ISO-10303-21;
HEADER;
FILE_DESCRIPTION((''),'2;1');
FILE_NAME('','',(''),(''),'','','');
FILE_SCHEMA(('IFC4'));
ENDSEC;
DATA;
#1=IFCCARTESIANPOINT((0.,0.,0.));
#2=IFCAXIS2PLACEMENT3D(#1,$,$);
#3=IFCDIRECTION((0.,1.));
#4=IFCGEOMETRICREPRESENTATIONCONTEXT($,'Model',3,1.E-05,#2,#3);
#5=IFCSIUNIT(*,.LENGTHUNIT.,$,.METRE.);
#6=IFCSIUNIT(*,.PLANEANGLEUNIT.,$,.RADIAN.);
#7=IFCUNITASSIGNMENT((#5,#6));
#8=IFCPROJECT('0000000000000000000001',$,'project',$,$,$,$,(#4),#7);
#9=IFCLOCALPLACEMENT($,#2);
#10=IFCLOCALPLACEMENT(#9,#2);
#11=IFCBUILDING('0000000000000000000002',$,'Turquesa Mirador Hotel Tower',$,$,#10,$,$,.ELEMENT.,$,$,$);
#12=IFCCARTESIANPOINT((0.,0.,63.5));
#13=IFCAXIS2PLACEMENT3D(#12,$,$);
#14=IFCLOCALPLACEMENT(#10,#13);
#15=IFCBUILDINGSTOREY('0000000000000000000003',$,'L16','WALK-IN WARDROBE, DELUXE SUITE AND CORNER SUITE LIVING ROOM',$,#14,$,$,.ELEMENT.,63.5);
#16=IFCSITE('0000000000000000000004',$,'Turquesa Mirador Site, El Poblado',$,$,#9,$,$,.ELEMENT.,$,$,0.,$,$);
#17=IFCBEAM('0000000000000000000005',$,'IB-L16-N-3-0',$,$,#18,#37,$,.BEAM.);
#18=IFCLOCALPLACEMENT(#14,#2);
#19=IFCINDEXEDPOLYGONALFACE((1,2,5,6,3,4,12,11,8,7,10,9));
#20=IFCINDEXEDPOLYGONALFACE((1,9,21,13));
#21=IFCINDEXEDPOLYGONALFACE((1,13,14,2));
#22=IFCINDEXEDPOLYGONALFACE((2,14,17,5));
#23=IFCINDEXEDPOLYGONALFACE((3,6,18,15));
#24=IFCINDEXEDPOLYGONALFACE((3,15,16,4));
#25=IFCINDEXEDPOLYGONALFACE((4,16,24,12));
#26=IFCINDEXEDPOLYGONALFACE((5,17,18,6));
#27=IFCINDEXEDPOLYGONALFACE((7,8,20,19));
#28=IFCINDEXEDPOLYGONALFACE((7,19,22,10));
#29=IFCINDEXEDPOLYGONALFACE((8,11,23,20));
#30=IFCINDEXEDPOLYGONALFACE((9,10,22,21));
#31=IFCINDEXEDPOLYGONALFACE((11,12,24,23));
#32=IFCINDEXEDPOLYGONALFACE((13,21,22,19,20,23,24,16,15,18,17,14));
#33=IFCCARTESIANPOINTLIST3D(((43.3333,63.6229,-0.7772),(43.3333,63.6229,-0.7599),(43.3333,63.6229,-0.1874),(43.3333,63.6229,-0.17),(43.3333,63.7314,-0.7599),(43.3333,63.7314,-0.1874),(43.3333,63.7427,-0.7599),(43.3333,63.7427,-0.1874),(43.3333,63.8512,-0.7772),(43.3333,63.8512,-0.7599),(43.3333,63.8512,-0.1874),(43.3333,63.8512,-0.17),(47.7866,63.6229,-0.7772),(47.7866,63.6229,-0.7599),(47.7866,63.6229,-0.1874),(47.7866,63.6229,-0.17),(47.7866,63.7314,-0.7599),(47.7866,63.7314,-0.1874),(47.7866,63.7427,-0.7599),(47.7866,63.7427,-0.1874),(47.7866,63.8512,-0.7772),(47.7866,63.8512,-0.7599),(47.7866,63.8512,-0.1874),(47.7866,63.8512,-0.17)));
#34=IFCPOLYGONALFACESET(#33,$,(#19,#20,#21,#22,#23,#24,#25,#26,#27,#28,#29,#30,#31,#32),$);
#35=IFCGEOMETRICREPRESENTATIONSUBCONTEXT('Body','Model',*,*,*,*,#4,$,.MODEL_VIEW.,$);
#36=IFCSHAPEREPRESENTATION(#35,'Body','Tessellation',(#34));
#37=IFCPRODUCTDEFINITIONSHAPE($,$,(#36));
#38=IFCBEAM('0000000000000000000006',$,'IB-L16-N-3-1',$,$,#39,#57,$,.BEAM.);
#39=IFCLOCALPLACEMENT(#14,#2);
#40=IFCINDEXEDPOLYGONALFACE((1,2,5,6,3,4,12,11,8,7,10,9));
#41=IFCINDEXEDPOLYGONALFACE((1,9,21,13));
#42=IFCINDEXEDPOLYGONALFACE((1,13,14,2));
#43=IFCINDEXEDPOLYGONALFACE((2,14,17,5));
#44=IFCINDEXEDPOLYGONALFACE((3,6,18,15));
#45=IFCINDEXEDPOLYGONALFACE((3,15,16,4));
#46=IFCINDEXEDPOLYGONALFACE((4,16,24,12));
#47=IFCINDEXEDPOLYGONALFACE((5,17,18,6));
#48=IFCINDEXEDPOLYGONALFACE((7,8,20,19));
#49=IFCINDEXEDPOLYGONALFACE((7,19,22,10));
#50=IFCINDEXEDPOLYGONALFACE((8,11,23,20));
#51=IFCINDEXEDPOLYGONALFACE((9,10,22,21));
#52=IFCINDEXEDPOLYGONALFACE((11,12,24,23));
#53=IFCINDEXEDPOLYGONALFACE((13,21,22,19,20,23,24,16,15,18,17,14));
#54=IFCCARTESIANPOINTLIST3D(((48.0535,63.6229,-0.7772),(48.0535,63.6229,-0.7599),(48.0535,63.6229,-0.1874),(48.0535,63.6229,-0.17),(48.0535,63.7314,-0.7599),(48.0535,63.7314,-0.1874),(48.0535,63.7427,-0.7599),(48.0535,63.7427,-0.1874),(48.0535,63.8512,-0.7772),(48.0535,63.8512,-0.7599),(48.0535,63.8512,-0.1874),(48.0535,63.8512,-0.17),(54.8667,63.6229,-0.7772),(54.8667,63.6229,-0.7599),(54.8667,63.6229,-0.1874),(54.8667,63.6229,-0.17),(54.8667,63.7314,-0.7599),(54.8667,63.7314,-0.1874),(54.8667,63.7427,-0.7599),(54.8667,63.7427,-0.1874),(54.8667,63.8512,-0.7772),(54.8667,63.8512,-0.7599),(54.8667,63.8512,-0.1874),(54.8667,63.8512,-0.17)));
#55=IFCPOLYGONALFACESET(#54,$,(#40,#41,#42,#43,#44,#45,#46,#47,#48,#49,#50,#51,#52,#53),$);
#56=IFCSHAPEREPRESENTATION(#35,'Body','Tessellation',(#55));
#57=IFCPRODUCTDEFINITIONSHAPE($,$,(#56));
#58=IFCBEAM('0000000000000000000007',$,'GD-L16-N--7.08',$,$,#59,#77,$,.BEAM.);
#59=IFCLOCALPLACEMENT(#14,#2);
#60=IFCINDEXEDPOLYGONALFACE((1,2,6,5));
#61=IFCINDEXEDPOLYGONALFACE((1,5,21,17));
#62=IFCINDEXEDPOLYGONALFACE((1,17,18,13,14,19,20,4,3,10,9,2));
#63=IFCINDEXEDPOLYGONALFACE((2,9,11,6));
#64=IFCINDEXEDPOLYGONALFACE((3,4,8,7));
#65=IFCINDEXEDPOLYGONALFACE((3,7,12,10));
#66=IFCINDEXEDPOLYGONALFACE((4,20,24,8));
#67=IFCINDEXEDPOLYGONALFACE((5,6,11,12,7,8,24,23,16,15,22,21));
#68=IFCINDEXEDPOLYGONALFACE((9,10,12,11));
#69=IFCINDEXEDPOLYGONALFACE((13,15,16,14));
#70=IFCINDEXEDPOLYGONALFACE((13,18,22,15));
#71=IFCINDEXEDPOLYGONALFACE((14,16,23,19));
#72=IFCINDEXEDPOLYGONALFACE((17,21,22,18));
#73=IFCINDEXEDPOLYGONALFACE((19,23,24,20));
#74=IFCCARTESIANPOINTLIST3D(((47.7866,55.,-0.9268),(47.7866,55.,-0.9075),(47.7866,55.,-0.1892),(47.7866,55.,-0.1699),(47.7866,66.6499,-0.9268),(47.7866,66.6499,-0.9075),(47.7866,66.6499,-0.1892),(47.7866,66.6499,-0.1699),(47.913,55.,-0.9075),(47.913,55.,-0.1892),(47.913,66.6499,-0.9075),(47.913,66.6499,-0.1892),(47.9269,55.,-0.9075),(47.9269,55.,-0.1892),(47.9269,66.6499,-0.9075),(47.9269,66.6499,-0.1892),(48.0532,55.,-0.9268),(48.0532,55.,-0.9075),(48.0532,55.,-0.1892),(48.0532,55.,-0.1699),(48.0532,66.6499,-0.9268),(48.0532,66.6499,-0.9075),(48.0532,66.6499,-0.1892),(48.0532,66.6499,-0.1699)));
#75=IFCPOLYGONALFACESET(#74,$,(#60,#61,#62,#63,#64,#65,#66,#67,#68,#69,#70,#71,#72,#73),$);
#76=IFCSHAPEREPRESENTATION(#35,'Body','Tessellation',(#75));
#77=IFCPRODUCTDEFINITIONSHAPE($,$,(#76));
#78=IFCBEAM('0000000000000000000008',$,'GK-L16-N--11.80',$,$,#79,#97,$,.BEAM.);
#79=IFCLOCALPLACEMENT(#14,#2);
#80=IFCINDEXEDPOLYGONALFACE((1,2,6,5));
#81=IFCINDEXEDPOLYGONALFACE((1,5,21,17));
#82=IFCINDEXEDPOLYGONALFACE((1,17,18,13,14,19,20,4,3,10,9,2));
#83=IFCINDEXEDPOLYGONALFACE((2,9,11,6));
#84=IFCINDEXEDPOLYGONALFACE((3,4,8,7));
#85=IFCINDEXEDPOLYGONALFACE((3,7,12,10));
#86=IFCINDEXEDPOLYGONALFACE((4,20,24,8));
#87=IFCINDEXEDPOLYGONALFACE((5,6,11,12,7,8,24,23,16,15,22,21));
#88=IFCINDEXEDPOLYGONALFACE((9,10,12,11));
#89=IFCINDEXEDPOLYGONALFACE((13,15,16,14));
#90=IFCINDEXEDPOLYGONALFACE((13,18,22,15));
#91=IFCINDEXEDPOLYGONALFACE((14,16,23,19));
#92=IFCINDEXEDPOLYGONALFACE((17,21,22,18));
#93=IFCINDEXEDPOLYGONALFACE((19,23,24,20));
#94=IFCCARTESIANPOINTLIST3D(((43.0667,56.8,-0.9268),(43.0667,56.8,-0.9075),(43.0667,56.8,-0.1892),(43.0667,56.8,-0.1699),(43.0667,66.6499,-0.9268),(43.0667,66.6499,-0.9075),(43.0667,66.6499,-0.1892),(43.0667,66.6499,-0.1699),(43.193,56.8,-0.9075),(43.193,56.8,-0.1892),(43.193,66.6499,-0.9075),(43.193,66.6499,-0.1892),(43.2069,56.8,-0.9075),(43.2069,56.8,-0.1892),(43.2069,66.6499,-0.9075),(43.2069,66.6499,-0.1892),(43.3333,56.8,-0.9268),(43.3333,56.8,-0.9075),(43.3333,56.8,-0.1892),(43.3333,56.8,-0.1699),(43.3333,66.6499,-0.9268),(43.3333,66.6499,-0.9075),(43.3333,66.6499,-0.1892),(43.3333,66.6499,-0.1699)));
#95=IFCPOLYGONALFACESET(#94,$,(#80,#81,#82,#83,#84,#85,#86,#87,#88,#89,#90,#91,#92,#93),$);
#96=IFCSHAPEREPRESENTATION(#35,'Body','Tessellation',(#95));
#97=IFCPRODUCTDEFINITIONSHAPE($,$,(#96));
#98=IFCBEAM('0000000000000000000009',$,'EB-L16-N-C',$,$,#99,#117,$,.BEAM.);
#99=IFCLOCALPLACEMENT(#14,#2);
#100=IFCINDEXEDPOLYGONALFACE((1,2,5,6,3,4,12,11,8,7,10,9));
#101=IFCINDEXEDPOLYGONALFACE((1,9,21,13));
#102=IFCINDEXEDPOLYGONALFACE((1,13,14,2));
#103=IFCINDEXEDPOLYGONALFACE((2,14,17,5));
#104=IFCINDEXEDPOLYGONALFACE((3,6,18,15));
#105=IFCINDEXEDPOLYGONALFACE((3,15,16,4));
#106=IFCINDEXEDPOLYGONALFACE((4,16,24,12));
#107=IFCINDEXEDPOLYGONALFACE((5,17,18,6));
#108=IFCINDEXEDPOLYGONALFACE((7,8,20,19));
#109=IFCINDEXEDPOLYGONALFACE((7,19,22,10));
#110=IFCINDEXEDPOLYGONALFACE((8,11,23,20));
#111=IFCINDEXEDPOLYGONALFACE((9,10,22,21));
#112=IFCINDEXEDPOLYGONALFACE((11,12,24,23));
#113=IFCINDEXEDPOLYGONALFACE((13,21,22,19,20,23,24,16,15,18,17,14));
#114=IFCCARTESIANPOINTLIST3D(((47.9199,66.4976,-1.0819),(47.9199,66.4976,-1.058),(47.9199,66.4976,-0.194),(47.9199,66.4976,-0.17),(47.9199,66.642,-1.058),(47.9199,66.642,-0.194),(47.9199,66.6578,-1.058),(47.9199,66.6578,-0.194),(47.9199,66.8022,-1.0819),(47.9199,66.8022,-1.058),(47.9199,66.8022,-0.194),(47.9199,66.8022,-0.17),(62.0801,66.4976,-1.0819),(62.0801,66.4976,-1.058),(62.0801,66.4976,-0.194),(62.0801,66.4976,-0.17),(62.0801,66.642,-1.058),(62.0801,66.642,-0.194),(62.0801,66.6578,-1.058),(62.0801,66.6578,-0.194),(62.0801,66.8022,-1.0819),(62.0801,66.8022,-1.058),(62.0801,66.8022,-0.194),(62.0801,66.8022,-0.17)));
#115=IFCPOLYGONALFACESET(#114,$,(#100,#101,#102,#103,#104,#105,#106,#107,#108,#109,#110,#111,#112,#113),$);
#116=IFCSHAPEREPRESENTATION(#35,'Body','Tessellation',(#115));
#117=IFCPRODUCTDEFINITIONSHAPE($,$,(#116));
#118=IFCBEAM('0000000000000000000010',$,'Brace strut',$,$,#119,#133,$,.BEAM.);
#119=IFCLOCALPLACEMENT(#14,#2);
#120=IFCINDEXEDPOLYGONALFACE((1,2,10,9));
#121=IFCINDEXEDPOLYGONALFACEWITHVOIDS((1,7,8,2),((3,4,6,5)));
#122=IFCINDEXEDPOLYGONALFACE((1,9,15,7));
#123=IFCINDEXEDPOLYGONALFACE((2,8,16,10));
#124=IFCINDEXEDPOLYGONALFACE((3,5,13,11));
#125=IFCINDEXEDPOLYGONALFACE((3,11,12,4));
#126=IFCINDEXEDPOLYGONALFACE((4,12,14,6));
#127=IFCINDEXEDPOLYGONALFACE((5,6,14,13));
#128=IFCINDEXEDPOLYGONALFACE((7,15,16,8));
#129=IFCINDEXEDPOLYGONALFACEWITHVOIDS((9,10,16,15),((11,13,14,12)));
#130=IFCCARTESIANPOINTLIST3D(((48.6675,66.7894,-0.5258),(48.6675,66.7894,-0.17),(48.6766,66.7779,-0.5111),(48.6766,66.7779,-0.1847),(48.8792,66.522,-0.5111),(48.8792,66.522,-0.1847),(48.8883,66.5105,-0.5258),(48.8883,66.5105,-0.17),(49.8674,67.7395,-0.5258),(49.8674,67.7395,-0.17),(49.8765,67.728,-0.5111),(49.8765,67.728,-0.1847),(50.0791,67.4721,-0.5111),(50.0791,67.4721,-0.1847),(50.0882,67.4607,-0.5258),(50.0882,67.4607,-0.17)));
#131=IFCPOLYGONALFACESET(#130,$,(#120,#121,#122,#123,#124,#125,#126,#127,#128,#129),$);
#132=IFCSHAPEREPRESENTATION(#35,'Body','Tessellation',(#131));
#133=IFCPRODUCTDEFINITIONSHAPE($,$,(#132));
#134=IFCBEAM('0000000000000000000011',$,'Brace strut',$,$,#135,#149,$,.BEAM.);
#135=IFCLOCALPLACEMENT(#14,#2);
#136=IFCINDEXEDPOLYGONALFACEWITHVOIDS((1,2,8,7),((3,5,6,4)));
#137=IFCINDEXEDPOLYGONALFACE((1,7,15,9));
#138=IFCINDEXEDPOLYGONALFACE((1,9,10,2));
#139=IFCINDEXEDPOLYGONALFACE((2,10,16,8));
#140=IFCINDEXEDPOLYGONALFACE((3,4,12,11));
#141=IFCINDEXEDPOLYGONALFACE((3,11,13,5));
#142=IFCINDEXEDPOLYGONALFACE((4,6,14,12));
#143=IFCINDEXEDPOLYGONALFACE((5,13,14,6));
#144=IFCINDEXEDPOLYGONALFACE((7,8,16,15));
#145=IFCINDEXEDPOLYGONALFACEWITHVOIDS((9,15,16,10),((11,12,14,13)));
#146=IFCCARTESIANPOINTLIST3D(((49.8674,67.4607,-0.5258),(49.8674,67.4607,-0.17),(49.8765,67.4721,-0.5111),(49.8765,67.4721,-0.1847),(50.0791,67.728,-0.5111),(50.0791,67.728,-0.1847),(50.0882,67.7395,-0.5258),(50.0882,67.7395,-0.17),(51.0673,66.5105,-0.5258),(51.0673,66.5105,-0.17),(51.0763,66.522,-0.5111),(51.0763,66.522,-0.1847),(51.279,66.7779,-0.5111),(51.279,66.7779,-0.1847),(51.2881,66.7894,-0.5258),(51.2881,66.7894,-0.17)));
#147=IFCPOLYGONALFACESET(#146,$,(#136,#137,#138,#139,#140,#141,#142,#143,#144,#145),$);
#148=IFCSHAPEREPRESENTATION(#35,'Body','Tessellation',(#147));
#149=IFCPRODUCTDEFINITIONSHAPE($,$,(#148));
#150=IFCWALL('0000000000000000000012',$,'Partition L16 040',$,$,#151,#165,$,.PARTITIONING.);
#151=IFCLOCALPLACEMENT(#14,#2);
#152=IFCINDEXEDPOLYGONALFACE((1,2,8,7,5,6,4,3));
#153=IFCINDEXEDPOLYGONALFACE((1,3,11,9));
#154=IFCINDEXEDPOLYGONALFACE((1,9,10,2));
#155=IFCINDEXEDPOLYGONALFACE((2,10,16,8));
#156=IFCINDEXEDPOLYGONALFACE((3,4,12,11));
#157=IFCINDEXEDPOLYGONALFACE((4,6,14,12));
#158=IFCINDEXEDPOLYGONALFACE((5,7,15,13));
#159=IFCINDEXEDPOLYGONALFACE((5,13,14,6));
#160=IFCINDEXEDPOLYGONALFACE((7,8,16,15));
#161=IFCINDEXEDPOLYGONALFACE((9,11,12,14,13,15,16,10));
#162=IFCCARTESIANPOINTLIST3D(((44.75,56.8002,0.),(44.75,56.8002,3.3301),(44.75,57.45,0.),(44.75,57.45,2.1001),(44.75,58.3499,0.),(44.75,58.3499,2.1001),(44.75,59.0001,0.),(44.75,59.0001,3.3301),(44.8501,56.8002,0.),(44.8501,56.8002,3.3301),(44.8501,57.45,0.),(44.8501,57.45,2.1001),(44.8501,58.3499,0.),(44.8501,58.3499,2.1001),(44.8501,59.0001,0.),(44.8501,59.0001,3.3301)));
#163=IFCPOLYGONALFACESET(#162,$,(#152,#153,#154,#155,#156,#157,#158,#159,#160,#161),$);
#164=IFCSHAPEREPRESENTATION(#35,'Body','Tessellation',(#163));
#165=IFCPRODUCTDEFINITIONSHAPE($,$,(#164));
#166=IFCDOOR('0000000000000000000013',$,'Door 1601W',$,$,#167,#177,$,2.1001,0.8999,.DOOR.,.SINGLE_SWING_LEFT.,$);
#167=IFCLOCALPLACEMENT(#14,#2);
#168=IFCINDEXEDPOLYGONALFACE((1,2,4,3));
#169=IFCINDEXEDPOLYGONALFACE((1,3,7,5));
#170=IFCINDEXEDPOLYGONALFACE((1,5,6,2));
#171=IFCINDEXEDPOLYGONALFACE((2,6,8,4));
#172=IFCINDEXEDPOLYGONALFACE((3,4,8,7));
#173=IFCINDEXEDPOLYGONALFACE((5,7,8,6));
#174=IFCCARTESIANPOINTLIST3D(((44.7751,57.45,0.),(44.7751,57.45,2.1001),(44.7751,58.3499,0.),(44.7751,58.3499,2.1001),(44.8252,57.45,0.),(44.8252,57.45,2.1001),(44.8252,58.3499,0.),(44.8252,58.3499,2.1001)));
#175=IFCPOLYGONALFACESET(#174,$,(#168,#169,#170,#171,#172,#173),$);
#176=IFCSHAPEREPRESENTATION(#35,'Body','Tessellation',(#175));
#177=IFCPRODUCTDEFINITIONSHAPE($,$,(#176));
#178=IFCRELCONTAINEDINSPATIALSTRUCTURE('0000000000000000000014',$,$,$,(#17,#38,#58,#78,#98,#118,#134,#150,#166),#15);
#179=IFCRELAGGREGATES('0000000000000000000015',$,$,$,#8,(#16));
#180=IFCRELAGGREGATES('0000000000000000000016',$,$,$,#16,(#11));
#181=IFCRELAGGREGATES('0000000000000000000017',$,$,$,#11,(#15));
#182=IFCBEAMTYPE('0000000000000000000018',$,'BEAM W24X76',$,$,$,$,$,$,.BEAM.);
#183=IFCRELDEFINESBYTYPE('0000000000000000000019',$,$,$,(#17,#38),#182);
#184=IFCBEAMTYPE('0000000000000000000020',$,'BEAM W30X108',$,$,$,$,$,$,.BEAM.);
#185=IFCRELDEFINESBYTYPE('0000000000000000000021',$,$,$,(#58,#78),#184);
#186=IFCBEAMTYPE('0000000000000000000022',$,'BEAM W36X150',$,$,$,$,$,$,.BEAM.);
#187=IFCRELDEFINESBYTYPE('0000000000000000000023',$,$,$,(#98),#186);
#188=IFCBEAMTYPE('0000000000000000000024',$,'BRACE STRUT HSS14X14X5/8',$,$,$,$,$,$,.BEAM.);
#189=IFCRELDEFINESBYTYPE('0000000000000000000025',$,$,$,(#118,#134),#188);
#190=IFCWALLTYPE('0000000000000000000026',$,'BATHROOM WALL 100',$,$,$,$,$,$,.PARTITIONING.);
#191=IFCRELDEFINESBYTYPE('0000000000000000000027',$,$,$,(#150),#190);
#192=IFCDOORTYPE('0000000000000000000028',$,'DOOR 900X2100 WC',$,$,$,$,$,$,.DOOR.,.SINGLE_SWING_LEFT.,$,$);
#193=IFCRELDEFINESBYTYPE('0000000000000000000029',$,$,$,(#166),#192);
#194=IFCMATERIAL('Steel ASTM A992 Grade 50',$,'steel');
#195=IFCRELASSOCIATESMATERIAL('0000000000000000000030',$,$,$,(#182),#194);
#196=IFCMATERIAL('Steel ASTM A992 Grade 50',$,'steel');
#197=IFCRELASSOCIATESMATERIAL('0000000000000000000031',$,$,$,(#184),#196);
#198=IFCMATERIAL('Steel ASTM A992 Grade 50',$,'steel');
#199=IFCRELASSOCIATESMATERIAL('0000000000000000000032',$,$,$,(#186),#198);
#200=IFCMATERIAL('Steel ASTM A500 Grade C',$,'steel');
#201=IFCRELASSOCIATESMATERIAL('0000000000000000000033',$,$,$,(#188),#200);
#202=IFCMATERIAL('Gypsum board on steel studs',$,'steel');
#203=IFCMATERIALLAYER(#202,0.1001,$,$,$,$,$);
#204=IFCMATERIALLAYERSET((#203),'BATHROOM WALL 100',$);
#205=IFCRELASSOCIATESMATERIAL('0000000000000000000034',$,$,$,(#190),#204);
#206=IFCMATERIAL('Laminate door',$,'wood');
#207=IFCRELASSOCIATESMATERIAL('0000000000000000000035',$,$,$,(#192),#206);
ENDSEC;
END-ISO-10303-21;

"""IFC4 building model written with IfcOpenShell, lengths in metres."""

from ifc_helpers import new_model, si_unit, direction, frame, frame_2d, origin, origin_2d, place, context, subcontext, project, spatial, rectangle, hollow_rectangle, i_section, extrude, material, layer, layer_set, material_profile, profile_set, type_object, element, fill, save


model = new_model("IFC4")

# Units and contexts
model_context = context("Model", 3, precision=1e-05, world=origin(), true_north=direction((0.0, 1.0)))
body_context = subcontext(model_context, "Body", "Model", "MODEL_VIEW")
ifc_project = project(units=[si_unit("LENGTHUNIT", "METRE"), si_unit("PLANEANGLEUNIT", "RADIAN")], contexts=[model_context])

# Site, building, storey
site_placement = place(None, origin())
site = spatial("IfcSite", under=ifc_project, at=site_placement, Name="Turquesa Mirador Site, El Poblado", CompositionType="ELEMENT", RefElevation=0.0)
building_placement = place(site_placement, origin())
building = spatial("IfcBuilding", under=site, at=building_placement, Name="Turquesa Mirador Hotel Tower", CompositionType="ELEMENT")
storey_placement = place(building_placement, frame((0.0, 0.0, 63.5)))
storey = spatial("IfcBuildingStorey", under=building, at=storey_placement, Name="L16", Description="WALK-IN WARDROBE, DELUXE SUITE AND CORNER SUITE LIVING ROOM", CompositionType="ELEMENT", Elevation=63.5)

# Beams
ifc_material_1 = material(Name="Steel ASTM A992 Grade 50", Category="steel")
ifc_material_profile_1 = material_profile(ifc_material_1, i_section(OverallWidth=0.2283, OverallDepth=0.6072, WebThickness=0.0112, FlangeThickness=0.0173, at=origin_2d()), Name="W24X76")
ifc_profile_set_1 = profile_set([ifc_material_profile_1], Name="Steel ASTM A992 Grade 50")
beam_type_1 = type_object("IfcBeamType", Name="BEAM W24X76", PredefinedType="BEAM", material=ifc_profile_set_1)
beam_1_placement = place(storey_placement, frame((43.3333, 63.7371, -0.4736), z_axis=(1.0, 0.0, 0.0), x_axis=(0.0, 1.0, 0.0)))
element("IfcBeam", 1, at=beam_1_placement, inside=storey, type_object=beam_type_1, Name="IB-L16-N-3-0", PredefinedType="BEAM", context=body_context, shape_type="SweptSolid", body=[
    extrude(i_section(OverallWidth=0.2283, OverallDepth=0.6072, WebThickness=0.0112, FlangeThickness=0.0173, at=origin_2d()), origin(), (0.0, 0.0, 1.0), 4.4534),
])
beam_2_placement = place(storey_placement, frame((48.0535, 63.7371, -0.4736), z_axis=(1.0, 0.0, 0.0), x_axis=(0.0, 1.0, 0.0)))
element("IfcBeam", 2, at=beam_2_placement, inside=storey, type_object=beam_type_1, Name="IB-L16-N-3-1", PredefinedType="BEAM", context=body_context, shape_type="SweptSolid", body=[
    extrude(i_section(OverallWidth=0.2283, OverallDepth=0.6072, WebThickness=0.0112, FlangeThickness=0.0173, at=origin_2d()), origin(), (0.0, 0.0, 1.0), 6.8132),
])
ifc_material_2 = material(Name="Steel ASTM A992 Grade 50", Category="steel")
ifc_material_profile_2 = material_profile(ifc_material_2, i_section(OverallWidth=0.2666, OverallDepth=0.7568, WebThickness=0.0139, FlangeThickness=0.0193, at=origin_2d()), Name="W30X108")
ifc_profile_set_2 = profile_set([ifc_material_profile_2], Name="Steel ASTM A992 Grade 50")
beam_type_2 = type_object("IfcBeamType", Name="BEAM W30X108", PredefinedType="BEAM", material=ifc_profile_set_2)
beam_3_placement = place(storey_placement, frame((47.9199, 66.6499, -0.5483), z_axis=(0.0, -1.0, 0.0), x_axis=(1.0, 0.0, 0.0)))
element("IfcBeam", 3, at=beam_3_placement, inside=storey, type_object=beam_type_2, Name="GD-L16-N--7.08", PredefinedType="BEAM", context=body_context, shape_type="SweptSolid", body=[
    extrude(i_section(OverallWidth=0.2666, OverallDepth=0.7568, WebThickness=0.0139, FlangeThickness=0.0193, at=origin_2d()), origin(), (0.0, 0.0, 1.0), 11.6499),
])
beam_4_placement = place(storey_placement, frame((43.2, 66.6499, -0.5483), z_axis=(0.0, -1.0, 0.0), x_axis=(1.0, 0.0, 0.0)))
element("IfcBeam", 4, at=beam_4_placement, inside=storey, type_object=beam_type_2, Name="GK-L16-N--11.80", PredefinedType="BEAM", context=body_context, shape_type="SweptSolid", body=[
    extrude(i_section(OverallWidth=0.2666, OverallDepth=0.7568, WebThickness=0.0139, FlangeThickness=0.0193, at=origin_2d()), origin(), (0.0, 0.0, 1.0), 9.8499),
])
ifc_material_3 = material(Name="Steel ASTM A992 Grade 50", Category="steel")
ifc_material_profile_3 = material_profile(ifc_material_3, i_section(OverallWidth=0.3047, OverallDepth=0.9119, WebThickness=0.0159, FlangeThickness=0.0239, at=origin_2d()), Name="W36X150")
ifc_profile_set_3 = profile_set([ifc_material_profile_3], Name="Steel ASTM A992 Grade 50")
beam_type_3 = type_object("IfcBeamType", Name="BEAM W36X150", PredefinedType="BEAM", material=ifc_profile_set_3)
beam_5_placement = place(storey_placement, frame((47.9199, 66.6499, -0.626), z_axis=(1.0, 0.0, 0.0), x_axis=(0.0, 1.0, 0.0)))
element("IfcBeam", 5, at=beam_5_placement, inside=storey, type_object=beam_type_3, Name="EB-L16-N-C", PredefinedType="BEAM", context=body_context, shape_type="SweptSolid", body=[
    extrude(i_section(OverallWidth=0.3047, OverallDepth=0.9119, WebThickness=0.0159, FlangeThickness=0.0239, at=origin_2d()), origin(), (0.0, 0.0, 1.0), 14.1602),
])
ifc_material_4 = material(Name="Steel ASTM A500 Grade C", Category="steel")
ifc_material_profile_4 = material_profile(ifc_material_4, hollow_rectangle(XDim=0.3557, YDim=0.3557, WallThickness=0.0146, at=origin_2d()), Name="HSS14X14X5/8")
ifc_profile_set_4 = profile_set([ifc_material_profile_4], Name="Steel ASTM A500 Grade C")
beam_type_4 = type_object("IfcBeamType", Name="BRACE STRUT HSS14X14X5/8", PredefinedType="BEAM", material=ifc_profile_set_4)
for number, where, z_axis, x_axis, name in (
    (6, (49.9778, 67.6001, -0.3479), (-0.783971, -0.620797, 0.0), (0.620797, -0.783971, 0.0), "Brace strut"),
    (7, (49.9778, 67.6001, -0.3479), (0.783971, -0.620797, 0.0), (0.620797, 0.783971, 0.0), "Brace strut"),
):
    element("IfcBeam", number, at=place(storey_placement, frame(where, z_axis=z_axis, x_axis=x_axis)), inside=storey, type_object=beam_type_4, Name=name, PredefinedType="BEAM", context=body_context, shape_type="SweptSolid", body=[
        extrude(hollow_rectangle(XDim=0.3557, YDim=0.3557, WallThickness=0.0146, at=origin_2d()), origin(), (0.0, 0.0, 1.0), 1.5305),
    ])

# Wall, opening, door
ifc_material_5 = material(Name="Gypsum board on steel studs", Category="steel")
ifc_layer_1 = layer(ifc_material_5, 0.1001)
ifc_layer_set_1 = layer_set([ifc_layer_1], Name="BATHROOM WALL 100")
wall_type_1 = type_object("IfcWallType", Name="BATHROOM WALL 100", PredefinedType="PARTITIONING", material=ifc_layer_set_1)
wall_1_placement = place(storey_placement, frame((44.8, 56.8, 0.0), z_axis=(0.0, 0.0, 1.0), x_axis=(0.0, 1.0, 0.0)))
wall_1 = element("IfcWall", 8, at=wall_1_placement, inside=storey, type_object=wall_type_1, Name="Partition L16 040", PredefinedType="PARTITIONING", context=body_context, shape_type="SweptSolid", body=[
    extrude(rectangle(XDim=2.2, YDim=0.1001, at=frame_2d((1.1001, 0.0))), origin(), (0.0, 0.0, 1.0), 3.3301),
])
opening_1_placement = place(wall_1_placement, frame((0.6499, 0.0, 0.0)))
opening_1 = element("IfcOpeningElement", 9, at=opening_1_placement, cuts=wall_1, PredefinedType="OPENING", context=body_context, shape_type="SweptSolid", body=[
    extrude(rectangle(XDim=0.8999, YDim=2.1001, at=frame_2d((0.45, 1.05))), frame((0.0, 0.0601, 0.0), z_axis=(0.0, -1.0, 0.0), x_axis=(1.0, 0.0, 0.0)), (0.0, 0.0, 1.0), 0.1201),
])
ifc_material_6 = material(Name="Laminate door", Category="wood")
door_type_1 = type_object("IfcDoorType", Name="DOOR 900X2100 WC", OperationType="SINGLE_SWING_LEFT", PredefinedType="DOOR", material=ifc_material_6)
door_1_placement = place(opening_1_placement, origin())
door_1 = element("IfcDoor", 10, at=door_1_placement, inside=storey, type_object=door_type_1, Name="Door 1601W", OperationType="SINGLE_SWING_LEFT", OverallHeight=2.1001, OverallWidth=0.8999, PredefinedType="DOOR", context=body_context, shape_type="SweptSolid", body=[
    extrude(rectangle(XDim=0.8999, YDim=2.1001, at=frame_2d((0.45, 1.05))), frame((0.0, 0.0249, 0.0), z_axis=(0.0, -1.0, 0.0), x_axis=(1.0, 0.0, 0.0)), (0.0, 0.0, 1.0), 0.05),
])
fill(opening_1, door_1)

save(model, "model.ifc")
